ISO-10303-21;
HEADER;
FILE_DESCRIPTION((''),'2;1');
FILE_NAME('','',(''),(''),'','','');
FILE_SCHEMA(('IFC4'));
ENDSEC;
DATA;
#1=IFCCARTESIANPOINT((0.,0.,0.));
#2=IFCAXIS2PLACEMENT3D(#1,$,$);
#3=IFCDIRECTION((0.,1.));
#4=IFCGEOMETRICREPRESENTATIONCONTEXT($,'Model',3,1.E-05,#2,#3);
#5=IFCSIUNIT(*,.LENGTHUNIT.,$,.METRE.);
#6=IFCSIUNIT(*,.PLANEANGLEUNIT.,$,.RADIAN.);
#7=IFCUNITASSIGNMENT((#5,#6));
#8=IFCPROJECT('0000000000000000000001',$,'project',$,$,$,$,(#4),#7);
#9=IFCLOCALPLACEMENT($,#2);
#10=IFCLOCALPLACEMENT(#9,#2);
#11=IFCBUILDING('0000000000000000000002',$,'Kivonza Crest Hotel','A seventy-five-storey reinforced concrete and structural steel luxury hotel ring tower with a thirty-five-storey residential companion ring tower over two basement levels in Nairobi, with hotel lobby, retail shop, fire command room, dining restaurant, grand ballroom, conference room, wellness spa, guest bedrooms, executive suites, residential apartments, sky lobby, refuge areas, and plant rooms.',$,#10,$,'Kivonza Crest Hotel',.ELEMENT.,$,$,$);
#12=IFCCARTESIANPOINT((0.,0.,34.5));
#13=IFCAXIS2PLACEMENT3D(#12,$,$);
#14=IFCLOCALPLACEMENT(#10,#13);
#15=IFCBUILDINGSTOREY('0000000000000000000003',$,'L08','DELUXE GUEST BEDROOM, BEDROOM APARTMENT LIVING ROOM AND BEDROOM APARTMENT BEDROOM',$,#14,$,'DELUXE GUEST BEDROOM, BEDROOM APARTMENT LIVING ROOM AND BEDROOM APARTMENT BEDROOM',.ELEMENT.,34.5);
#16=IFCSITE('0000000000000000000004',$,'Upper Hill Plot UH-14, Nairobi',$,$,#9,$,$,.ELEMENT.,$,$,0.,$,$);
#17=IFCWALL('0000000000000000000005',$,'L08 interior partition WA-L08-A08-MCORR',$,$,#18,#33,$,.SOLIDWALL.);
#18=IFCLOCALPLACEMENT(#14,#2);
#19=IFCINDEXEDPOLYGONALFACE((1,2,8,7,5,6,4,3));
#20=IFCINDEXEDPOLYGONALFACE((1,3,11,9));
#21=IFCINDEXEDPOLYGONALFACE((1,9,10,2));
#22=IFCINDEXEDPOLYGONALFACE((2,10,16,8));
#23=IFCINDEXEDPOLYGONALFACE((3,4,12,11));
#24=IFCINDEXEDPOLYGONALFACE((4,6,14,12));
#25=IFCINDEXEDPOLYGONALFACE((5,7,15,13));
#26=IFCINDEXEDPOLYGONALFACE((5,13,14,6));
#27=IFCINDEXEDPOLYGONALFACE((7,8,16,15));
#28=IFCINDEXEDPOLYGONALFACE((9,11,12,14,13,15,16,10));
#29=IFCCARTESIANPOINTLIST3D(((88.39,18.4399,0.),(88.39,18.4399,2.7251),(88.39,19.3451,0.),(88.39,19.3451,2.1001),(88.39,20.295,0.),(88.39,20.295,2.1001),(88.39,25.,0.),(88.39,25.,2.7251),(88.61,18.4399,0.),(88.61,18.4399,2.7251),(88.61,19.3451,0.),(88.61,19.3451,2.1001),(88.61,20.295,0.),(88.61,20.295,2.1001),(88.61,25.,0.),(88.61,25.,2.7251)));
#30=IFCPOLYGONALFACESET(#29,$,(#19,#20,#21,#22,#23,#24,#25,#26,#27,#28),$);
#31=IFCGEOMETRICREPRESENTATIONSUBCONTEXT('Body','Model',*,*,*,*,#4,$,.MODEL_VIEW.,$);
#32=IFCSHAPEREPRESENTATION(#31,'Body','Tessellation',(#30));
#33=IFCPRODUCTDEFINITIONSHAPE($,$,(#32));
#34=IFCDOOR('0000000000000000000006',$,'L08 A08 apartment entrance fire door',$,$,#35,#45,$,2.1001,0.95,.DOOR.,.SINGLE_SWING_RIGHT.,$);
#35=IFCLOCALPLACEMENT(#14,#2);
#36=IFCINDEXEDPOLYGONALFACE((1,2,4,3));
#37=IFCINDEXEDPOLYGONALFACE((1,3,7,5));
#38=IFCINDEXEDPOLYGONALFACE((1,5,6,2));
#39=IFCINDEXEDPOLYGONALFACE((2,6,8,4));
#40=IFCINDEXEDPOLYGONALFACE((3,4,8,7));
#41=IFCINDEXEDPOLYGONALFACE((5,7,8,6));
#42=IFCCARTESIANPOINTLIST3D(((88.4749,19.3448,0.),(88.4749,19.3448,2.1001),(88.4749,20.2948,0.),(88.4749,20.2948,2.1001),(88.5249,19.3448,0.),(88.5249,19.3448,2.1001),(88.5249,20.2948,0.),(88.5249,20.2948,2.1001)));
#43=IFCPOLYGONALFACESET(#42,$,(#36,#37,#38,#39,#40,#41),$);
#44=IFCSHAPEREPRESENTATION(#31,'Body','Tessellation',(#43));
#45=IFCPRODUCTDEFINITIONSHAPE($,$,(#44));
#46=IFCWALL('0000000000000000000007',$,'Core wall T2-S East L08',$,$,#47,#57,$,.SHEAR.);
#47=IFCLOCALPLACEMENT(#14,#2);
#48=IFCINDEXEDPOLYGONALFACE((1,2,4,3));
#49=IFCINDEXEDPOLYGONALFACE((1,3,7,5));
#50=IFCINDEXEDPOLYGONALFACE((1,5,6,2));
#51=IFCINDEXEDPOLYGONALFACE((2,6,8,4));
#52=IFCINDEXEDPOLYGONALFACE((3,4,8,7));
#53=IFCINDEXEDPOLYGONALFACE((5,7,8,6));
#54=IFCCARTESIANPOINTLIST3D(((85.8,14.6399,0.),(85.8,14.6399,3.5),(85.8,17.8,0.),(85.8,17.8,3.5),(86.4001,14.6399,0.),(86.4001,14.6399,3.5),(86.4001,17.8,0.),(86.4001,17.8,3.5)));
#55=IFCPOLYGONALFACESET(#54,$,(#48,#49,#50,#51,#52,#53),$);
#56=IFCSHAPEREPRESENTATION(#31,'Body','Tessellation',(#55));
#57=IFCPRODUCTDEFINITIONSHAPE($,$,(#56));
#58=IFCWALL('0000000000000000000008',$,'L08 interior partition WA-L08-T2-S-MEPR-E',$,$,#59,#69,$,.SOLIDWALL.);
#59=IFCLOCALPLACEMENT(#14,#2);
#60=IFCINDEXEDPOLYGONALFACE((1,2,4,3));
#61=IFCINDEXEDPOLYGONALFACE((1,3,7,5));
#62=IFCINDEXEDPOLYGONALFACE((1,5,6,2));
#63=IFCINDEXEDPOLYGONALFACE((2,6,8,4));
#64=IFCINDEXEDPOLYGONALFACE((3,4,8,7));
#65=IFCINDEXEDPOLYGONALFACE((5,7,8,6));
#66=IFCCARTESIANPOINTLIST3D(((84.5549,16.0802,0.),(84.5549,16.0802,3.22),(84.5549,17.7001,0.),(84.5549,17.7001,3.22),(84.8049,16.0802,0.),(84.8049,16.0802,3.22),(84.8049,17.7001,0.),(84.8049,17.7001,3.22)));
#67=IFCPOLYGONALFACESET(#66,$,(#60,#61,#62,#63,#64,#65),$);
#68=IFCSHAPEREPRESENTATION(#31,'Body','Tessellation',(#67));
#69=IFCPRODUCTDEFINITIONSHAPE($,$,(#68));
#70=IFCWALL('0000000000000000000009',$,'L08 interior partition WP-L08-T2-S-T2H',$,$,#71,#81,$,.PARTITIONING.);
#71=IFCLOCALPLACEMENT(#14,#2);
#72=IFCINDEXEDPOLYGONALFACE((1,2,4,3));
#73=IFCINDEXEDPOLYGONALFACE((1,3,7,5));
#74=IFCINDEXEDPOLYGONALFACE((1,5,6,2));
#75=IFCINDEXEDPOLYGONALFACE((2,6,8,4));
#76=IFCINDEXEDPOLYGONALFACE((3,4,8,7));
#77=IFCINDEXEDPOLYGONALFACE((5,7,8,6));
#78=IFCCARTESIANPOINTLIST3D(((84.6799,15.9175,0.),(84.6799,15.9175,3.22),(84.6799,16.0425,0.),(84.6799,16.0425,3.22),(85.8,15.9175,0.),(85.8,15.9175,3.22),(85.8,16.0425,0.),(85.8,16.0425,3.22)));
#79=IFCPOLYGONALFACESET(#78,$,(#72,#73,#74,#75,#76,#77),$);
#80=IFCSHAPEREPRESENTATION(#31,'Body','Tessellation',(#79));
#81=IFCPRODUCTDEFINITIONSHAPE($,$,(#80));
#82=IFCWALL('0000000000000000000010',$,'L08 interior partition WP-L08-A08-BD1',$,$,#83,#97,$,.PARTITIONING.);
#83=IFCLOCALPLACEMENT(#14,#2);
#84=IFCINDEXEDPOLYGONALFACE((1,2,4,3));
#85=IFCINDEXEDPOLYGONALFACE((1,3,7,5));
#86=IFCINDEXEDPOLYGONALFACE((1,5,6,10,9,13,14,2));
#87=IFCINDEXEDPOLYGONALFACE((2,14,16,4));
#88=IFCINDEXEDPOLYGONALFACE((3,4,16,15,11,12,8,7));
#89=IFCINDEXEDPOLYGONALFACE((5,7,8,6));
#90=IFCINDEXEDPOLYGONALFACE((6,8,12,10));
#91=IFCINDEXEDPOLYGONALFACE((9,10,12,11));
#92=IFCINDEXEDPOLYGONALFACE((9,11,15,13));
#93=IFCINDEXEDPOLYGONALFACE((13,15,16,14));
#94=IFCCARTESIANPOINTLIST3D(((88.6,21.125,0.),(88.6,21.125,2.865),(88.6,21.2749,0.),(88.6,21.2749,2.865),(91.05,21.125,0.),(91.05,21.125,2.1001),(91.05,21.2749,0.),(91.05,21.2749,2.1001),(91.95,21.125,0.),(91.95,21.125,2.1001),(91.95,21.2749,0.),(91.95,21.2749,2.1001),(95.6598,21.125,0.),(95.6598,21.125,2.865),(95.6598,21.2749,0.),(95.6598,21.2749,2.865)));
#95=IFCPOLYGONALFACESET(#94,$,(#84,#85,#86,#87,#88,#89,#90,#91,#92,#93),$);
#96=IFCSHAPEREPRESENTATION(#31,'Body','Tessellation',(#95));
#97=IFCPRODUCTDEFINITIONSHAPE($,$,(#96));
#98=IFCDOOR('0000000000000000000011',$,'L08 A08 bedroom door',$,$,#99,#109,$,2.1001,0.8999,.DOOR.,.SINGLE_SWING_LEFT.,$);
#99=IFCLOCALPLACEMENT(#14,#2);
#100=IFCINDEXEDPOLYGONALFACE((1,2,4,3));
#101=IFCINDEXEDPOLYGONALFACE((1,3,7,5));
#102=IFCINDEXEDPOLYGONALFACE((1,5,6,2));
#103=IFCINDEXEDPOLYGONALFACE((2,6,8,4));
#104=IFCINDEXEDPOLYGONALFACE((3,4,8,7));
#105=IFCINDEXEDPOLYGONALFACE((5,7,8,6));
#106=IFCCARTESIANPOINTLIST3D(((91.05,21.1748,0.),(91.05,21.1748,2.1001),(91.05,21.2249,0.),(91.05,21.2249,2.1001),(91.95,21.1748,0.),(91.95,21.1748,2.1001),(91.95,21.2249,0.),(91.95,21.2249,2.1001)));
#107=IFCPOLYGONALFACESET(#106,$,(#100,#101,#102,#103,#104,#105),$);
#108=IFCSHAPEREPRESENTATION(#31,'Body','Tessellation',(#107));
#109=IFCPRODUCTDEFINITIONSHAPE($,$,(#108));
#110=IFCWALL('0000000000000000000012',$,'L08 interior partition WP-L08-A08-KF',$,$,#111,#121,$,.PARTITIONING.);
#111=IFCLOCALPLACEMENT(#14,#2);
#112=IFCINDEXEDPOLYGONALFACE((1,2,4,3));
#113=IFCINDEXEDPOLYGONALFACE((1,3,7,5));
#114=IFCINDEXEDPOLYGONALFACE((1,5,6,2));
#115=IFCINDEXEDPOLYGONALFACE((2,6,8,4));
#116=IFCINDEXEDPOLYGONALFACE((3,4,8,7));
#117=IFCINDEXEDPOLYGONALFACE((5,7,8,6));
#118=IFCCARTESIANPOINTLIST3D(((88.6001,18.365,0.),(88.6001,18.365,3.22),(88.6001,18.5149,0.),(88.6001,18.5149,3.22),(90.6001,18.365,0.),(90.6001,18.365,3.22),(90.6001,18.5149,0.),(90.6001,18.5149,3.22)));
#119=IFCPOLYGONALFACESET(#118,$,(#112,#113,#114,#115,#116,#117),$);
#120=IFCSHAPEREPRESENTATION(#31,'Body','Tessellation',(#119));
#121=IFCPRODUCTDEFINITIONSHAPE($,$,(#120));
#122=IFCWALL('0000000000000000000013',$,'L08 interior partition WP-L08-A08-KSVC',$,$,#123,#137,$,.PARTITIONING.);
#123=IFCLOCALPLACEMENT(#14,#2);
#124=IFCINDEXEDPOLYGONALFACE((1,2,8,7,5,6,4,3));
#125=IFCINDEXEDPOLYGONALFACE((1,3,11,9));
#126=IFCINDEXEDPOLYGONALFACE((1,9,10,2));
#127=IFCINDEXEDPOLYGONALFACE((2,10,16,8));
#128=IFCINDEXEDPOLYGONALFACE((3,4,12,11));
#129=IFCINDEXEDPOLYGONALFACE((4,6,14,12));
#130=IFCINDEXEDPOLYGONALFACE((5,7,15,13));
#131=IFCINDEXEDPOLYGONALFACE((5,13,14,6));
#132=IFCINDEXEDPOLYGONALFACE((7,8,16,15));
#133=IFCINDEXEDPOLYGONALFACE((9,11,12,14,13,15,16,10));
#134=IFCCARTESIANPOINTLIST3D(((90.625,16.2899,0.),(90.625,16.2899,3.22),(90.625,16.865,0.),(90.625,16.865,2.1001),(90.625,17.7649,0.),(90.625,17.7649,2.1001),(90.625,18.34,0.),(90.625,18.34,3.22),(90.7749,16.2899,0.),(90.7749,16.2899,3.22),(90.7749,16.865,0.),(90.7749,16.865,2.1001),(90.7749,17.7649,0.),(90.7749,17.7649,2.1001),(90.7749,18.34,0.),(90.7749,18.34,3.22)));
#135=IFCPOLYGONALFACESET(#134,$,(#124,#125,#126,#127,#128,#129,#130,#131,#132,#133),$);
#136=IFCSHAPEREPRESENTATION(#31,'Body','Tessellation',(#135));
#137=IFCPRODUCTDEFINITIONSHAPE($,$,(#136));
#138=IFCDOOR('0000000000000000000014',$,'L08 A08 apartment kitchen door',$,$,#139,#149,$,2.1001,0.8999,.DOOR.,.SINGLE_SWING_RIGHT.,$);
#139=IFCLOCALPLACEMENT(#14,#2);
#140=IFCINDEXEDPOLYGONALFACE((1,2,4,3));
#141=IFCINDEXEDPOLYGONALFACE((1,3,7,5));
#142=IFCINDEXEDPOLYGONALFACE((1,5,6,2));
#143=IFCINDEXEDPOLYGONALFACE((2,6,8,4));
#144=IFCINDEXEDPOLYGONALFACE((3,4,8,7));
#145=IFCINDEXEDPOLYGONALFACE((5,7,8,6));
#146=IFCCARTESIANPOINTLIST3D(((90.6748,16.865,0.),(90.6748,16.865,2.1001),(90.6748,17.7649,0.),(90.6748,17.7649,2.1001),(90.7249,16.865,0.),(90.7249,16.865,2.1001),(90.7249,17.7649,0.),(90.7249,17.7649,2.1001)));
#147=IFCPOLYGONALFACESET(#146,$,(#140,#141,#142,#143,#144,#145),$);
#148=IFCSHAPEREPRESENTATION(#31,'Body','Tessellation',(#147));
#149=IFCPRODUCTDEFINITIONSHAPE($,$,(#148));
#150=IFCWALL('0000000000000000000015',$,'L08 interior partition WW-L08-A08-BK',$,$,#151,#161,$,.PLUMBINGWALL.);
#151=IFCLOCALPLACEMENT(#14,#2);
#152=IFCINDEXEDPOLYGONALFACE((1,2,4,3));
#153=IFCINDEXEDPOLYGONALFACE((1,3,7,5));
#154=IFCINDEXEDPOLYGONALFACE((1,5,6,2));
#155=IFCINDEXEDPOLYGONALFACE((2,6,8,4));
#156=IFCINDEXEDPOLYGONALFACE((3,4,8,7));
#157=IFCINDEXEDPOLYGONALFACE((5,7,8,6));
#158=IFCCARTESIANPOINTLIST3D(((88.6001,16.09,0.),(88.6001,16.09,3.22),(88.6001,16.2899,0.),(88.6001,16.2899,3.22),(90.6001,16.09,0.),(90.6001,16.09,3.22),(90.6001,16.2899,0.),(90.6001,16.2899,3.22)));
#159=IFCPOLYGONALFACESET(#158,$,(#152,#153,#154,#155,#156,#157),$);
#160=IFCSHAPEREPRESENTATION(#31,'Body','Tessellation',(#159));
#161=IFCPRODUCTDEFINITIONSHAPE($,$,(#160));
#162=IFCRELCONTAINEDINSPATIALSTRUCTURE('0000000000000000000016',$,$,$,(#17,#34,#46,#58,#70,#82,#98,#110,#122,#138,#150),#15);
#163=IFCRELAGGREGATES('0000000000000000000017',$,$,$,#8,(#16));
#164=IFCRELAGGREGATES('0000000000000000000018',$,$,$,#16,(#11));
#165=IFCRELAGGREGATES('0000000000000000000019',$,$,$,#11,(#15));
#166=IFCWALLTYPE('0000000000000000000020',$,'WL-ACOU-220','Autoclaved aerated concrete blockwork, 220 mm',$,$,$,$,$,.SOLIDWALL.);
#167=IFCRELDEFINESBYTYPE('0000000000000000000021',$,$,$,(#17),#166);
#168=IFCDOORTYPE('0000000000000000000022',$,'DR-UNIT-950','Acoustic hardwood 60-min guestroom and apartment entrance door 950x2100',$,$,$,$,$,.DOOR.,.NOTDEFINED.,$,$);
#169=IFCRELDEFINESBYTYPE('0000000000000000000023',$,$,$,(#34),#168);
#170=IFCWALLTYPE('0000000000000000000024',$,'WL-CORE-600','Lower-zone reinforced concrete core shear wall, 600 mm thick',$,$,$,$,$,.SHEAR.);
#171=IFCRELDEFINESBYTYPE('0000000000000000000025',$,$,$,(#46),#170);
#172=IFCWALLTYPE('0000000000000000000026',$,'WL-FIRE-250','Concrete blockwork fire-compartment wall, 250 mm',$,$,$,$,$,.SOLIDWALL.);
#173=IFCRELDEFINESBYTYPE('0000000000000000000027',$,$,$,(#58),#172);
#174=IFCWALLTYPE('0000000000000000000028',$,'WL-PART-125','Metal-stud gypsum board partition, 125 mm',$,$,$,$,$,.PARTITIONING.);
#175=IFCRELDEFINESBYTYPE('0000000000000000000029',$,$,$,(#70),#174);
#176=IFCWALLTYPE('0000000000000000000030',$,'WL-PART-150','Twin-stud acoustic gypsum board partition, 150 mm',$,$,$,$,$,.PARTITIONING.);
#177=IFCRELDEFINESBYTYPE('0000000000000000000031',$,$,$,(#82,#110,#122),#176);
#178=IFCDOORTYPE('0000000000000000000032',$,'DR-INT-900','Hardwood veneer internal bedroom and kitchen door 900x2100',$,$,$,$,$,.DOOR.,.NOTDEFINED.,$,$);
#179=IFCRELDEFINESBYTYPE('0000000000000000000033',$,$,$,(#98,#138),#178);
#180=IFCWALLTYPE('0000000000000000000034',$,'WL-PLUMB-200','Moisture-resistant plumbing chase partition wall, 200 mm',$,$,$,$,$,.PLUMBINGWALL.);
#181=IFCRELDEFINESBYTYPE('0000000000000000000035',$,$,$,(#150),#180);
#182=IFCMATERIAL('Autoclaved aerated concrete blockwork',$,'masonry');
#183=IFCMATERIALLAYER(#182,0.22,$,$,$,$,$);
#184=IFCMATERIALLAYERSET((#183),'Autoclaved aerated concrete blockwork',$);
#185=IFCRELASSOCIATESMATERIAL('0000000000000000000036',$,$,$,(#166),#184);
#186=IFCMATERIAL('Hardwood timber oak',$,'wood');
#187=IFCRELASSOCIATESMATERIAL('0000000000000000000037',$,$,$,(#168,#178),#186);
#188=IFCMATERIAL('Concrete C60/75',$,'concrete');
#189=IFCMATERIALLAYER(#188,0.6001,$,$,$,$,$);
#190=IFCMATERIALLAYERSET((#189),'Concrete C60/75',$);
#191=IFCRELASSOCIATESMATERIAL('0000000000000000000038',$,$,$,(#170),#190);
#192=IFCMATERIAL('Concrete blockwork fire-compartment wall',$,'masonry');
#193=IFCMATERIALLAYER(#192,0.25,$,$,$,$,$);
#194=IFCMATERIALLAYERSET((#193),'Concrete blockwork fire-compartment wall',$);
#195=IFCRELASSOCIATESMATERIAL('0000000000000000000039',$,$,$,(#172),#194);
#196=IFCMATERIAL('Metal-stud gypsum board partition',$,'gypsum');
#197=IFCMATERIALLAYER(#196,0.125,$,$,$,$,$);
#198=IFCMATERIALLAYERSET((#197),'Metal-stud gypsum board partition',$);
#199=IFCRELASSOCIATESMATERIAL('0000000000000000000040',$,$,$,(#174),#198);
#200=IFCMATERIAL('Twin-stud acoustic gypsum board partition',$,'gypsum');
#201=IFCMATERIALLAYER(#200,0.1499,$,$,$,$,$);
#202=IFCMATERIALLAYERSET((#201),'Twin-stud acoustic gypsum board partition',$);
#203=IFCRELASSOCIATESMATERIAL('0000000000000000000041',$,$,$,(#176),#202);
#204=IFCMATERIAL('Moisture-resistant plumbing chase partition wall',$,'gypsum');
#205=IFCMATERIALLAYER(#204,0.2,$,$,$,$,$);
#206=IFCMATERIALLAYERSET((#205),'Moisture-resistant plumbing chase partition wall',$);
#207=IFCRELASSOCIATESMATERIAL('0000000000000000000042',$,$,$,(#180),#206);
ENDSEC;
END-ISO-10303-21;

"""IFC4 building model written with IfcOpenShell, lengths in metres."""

from ifc_helpers import new_model, si_unit, direction, frame, frame_2d, origin, place, context, subcontext, project, spatial, rectangle, extrude, material, layer, layer_set, type_object, element, fill, save


model = new_model("IFC4")

# Units and contexts
model_context = context("Model", 3, precision=1e-05, world=origin(), true_north=direction((0.0, 1.0)))
body_context = subcontext(model_context, "Body", "Model", "MODEL_VIEW")
ifc_project = project(units=[si_unit("LENGTHUNIT", "METRE"), si_unit("PLANEANGLEUNIT", "RADIAN")], contexts=[model_context])

# Site, building, storey
site_placement = place(None, origin())
site = spatial("IfcSite", under=ifc_project, at=site_placement, Name="Upper Hill Plot UH-14, Nairobi", CompositionType="ELEMENT", RefElevation=0.0)
building_placement = place(site_placement, origin())
building = spatial("IfcBuilding", under=site, at=building_placement, Name="Kivonza Crest Hotel", Description="A seventy-five-storey reinforced concrete and structural steel luxury hotel ring tower with a thirty-five-storey residential companion ring tower over two basement levels in Nairobi, with hotel lobby, retail shop, fire command room, dining restaurant, grand ballroom, conference room, wellness spa, guest bedrooms, executive suites, residential apartments, sky lobby, refuge areas, and plant rooms.", LongName="Kivonza Crest Hotel", CompositionType="ELEMENT")
storey_placement = place(building_placement, frame((0.0, 0.0, 34.5)))
storey = spatial("IfcBuildingStorey", under=building, at=storey_placement, Name="L08", Description="DELUXE GUEST BEDROOM, BEDROOM APARTMENT LIVING ROOM AND BEDROOM APARTMENT BEDROOM", LongName="DELUXE GUEST BEDROOM, BEDROOM APARTMENT LIVING ROOM AND BEDROOM APARTMENT BEDROOM", CompositionType="ELEMENT", Elevation=34.5)

# Wall, opening, door
ifc_material_1 = material(Name="Autoclaved aerated concrete blockwork", Category="masonry")
ifc_layer_1 = layer(ifc_material_1, 0.22)
ifc_layer_set_1 = layer_set([ifc_layer_1], Name="Autoclaved aerated concrete blockwork")
wall_type_1 = type_object("IfcWallType", Name="WL-ACOU-220", Description="Autoclaved aerated concrete blockwork, 220 mm", PredefinedType="SOLIDWALL", material=ifc_layer_set_1)
wall_1_placement = place(storey_placement, frame((88.5, 18.4399, 0.0), z_axis=(0.0, 0.0, 1.0), x_axis=(0.0, 1.0, 0.0)))
wall_1 = element("IfcWall", 1, at=wall_1_placement, inside=storey, type_object=wall_type_1, Name="L08 interior partition WA-L08-A08-MCORR", PredefinedType="SOLIDWALL", context=body_context, shape_type="SweptSolid", body=[
    extrude(rectangle(XDim=6.5601, YDim=0.22, at=frame_2d((3.28, 0.0))), origin(), (0.0, 0.0, 1.0), 2.7251),
])
opening_1_placement = place(wall_1_placement, frame((0.905, 0.0, 0.0)))
opening_1 = element("IfcOpeningElement", 2, at=opening_1_placement, cuts=wall_1, PredefinedType="OPENING", context=body_context, shape_type="SweptSolid", body=[
    extrude(rectangle(XDim=0.95, YDim=2.1001, at=frame_2d((0.4751, 1.05))), frame((0.0, 0.1201, 0.0), z_axis=(0.0, -1.0, 0.0), x_axis=(1.0, 0.0, 0.0)), (0.0, 0.0, 1.0), 0.24),
])
ifc_material_2 = material(Name="Hardwood timber oak", Category="wood")
door_type_1 = type_object("IfcDoorType", Name="DR-UNIT-950", Description="Acoustic hardwood 60-min guestroom and apartment entrance door 950x2100", OperationType="NOTDEFINED", PredefinedType="DOOR", material=ifc_material_2)
door_1_placement = place(opening_1_placement, frame((0.95, 0.0, 0.0), z_axis=(0.0, 0.0, 1.0), x_axis=(-1.0, 0.0, 0.0)))
door_1 = element("IfcDoor", 3, at=door_1_placement, inside=storey, type_object=door_type_1, Name="L08 A08 apartment entrance fire door", OperationType="SINGLE_SWING_RIGHT", OverallHeight=2.1001, OverallWidth=0.95, PredefinedType="DOOR", context=body_context, shape_type="SweptSolid", body=[
    extrude(rectangle(XDim=0.95, YDim=2.1001, at=frame_2d((0.4751, 1.05))), frame((0.0, 0.0249, 0.0), z_axis=(0.0, -1.0, 0.0), x_axis=(1.0, 0.0, 0.0)), (0.0, 0.0, 1.0), 0.05),
])
fill(opening_1, door_1)

# Walls
ifc_material_3 = material(Name="Concrete C60/75", Category="concrete")
ifc_layer_2 = layer(ifc_material_3, 0.6001)
ifc_layer_set_2 = layer_set([ifc_layer_2], Name="Concrete C60/75")
wall_type_2 = type_object("IfcWallType", Name="WL-CORE-600", Description="Lower-zone reinforced concrete core shear wall, 600 mm thick", PredefinedType="SHEAR", material=ifc_layer_set_2)
wall_2_placement = place(storey_placement, frame((86.1001, 14.6399, 0.0), z_axis=(0.0, 0.0, 1.0), x_axis=(0.0, 1.0, 0.0)))
element("IfcWall", 4, at=wall_2_placement, inside=storey, type_object=wall_type_2, Name="Core wall T2-S East L08", PredefinedType="SHEAR", context=body_context, shape_type="SweptSolid", body=[
    extrude(rectangle(XDim=3.1602, YDim=0.6001, at=frame_2d((1.5801, 0.0))), origin(), (0.0, 0.0, 1.0), 3.5),
])
ifc_material_4 = material(Name="Concrete blockwork fire-compartment wall", Category="masonry")
ifc_layer_3 = layer(ifc_material_4, 0.25)
ifc_layer_set_3 = layer_set([ifc_layer_3], Name="Concrete blockwork fire-compartment wall")
wall_type_3 = type_object("IfcWallType", Name="WL-FIRE-250", Description="Concrete blockwork fire-compartment wall, 250 mm", PredefinedType="SOLIDWALL", material=ifc_layer_set_3)
wall_3_placement = place(storey_placement, frame((84.6799, 16.0801, 0.0), z_axis=(0.0, 0.0, 1.0), x_axis=(0.0, 1.0, 0.0)))
element("IfcWall", 5, at=wall_3_placement, inside=storey, type_object=wall_type_3, Name="L08 interior partition WA-L08-T2-S-MEPR-E", PredefinedType="SOLIDWALL", context=body_context, shape_type="SweptSolid", body=[
    extrude(rectangle(XDim=1.6199, YDim=0.25, at=frame_2d((0.8101, 0.0))), origin(), (0.0, 0.0, 1.0), 3.22),
])
ifc_material_5 = material(Name="Metal-stud gypsum board partition", Category="gypsum")
ifc_layer_4 = layer(ifc_material_5, 0.125)
ifc_layer_set_4 = layer_set([ifc_layer_4], Name="Metal-stud gypsum board partition")
wall_type_4 = type_object("IfcWallType", Name="WL-PART-125", Description="Metal-stud gypsum board partition, 125 mm", PredefinedType="PARTITIONING", material=ifc_layer_set_4)
wall_4_placement = place(storey_placement, frame((84.6799, 15.98, 0.0), z_axis=(0.0, 0.0, 1.0), x_axis=(1.0, 0.0, 0.0)))
element("IfcWall", 6, at=wall_4_placement, inside=storey, type_object=wall_type_4, Name="L08 interior partition WP-L08-T2-S-T2H", PredefinedType="PARTITIONING", context=body_context, shape_type="SweptSolid", body=[
    extrude(rectangle(XDim=1.1201, YDim=0.125, at=frame_2d((0.5601, 0.0))), origin(), (0.0, 0.0, 1.0), 3.22),
])

# Wall, opening, door
ifc_material_6 = material(Name="Twin-stud acoustic gypsum board partition", Category="gypsum")
ifc_layer_5 = layer(ifc_material_6, 0.1499)
ifc_layer_set_5 = layer_set([ifc_layer_5], Name="Twin-stud acoustic gypsum board partition")
wall_type_5 = type_object("IfcWallType", Name="WL-PART-150", Description="Twin-stud acoustic gypsum board partition, 150 mm", PredefinedType="PARTITIONING", material=ifc_layer_set_5)
wall_5_placement = place(storey_placement, frame((88.6001, 21.2, 0.0), z_axis=(0.0, 0.0, 1.0), x_axis=(1.0, 0.0, 0.0)))
wall_5 = element("IfcWall", 7, at=wall_5_placement, inside=storey, type_object=wall_type_5, Name="L08 interior partition WP-L08-A08-BD1", PredefinedType="PARTITIONING", context=body_context, shape_type="SweptSolid", body=[
    extrude(rectangle(XDim=7.0598, YDim=0.1499, at=frame_2d((3.5298, 0.0))), origin(), (0.0, 0.0, 1.0), 2.865),
])
opening_2_placement = place(wall_5_placement, frame((2.45, 0.0, 0.0)))
opening_2 = element("IfcOpeningElement", 8, at=opening_2_placement, cuts=wall_5, PredefinedType="OPENING", context=body_context, shape_type="SweptSolid", body=[
    extrude(rectangle(XDim=0.8999, YDim=2.1001, at=frame_2d((0.45, 1.05))), frame((0.0, 0.085, 0.0), z_axis=(0.0, -1.0, 0.0), x_axis=(1.0, 0.0, 0.0)), (0.0, 0.0, 1.0), 0.1699),
])
door_type_2 = type_object("IfcDoorType", Name="DR-INT-900", Description="Hardwood veneer internal bedroom and kitchen door 900x2100", OperationType="NOTDEFINED", PredefinedType="DOOR", material=ifc_material_2)
door_2_placement = place(opening_2_placement, origin())
door_2 = element("IfcDoor", 9, at=door_2_placement, inside=storey, type_object=door_type_2, Name="L08 A08 bedroom door", OperationType="SINGLE_SWING_LEFT", OverallHeight=2.1001, OverallWidth=0.8999, PredefinedType="DOOR", context=body_context, shape_type="SweptSolid", body=[
    extrude(rectangle(XDim=0.8999, YDim=2.1001, at=frame_2d((0.45, 1.05))), frame((0.0, 0.0249, 0.0), z_axis=(0.0, -1.0, 0.0), x_axis=(1.0, 0.0, 0.0)), (0.0, 0.0, 1.0), 0.05),
])
fill(opening_2, door_2)

# Wall
wall_6_placement = place(storey_placement, frame((88.6001, 18.4399, 0.0), z_axis=(0.0, 0.0, 1.0), x_axis=(1.0, 0.0, 0.0)))
element("IfcWall", 10, at=wall_6_placement, inside=storey, type_object=wall_type_5, Name="L08 interior partition WP-L08-A08-KF", PredefinedType="PARTITIONING", context=body_context, shape_type="SweptSolid", body=[
    extrude(rectangle(XDim=2.0, YDim=0.1499, at=frame_2d((1.0, 0.0))), origin(), (0.0, 0.0, 1.0), 3.22),
])

# Wall, opening, door
wall_7_placement = place(storey_placement, frame((90.7, 16.29, 0.0), z_axis=(0.0, 0.0, 1.0), x_axis=(0.0, 1.0, 0.0)))
wall_7 = element("IfcWall", 11, at=wall_7_placement, inside=storey, type_object=wall_type_5, Name="L08 interior partition WP-L08-A08-KSVC", PredefinedType="PARTITIONING", context=body_context, shape_type="SweptSolid", body=[
    extrude(rectangle(XDim=2.05, YDim=0.1499, at=frame_2d((1.0249, 0.0))), origin(), (0.0, 0.0, 1.0), 3.22),
])
opening_3_placement = place(wall_7_placement, frame((0.575, 0.0, 0.0)))
opening_3 = element("IfcOpeningElement", 12, at=opening_3_placement, cuts=wall_7, PredefinedType="OPENING", context=body_context, shape_type="SweptSolid", body=[
    extrude(rectangle(XDim=0.8999, YDim=2.1001, at=frame_2d((0.45, 1.05))), frame((0.0, 0.085, 0.0), z_axis=(0.0, -1.0, 0.0), x_axis=(1.0, 0.0, 0.0)), (0.0, 0.0, 1.0), 0.1699),
])
door_3_placement = place(opening_3_placement, frame((0.8999, 0.0, 0.0), z_axis=(0.0, 0.0, 1.0), x_axis=(-1.0, 0.0, 0.0)))
door_3 = element("IfcDoor", 13, at=door_3_placement, inside=storey, type_object=door_type_2, Name="L08 A08 apartment kitchen door", OperationType="SINGLE_SWING_RIGHT", OverallHeight=2.1001, OverallWidth=0.8999, PredefinedType="DOOR", context=body_context, shape_type="SweptSolid", body=[
    extrude(rectangle(XDim=0.8999, YDim=2.1001, at=frame_2d((0.45, 1.05))), frame((0.0, 0.0249, 0.0), z_axis=(0.0, -1.0, 0.0), x_axis=(1.0, 0.0, 0.0)), (0.0, 0.0, 1.0), 0.05),
])
fill(opening_3, door_3)

# Wall
ifc_material_7 = material(Name="Moisture-resistant plumbing chase partition wall", Category="gypsum")
ifc_layer_6 = layer(ifc_material_7, 0.2)
ifc_layer_set_6 = layer_set([ifc_layer_6], Name="Moisture-resistant plumbing chase partition wall")
wall_type_6 = type_object("IfcWallType", Name="WL-PLUMB-200", Description="Moisture-resistant plumbing chase partition wall, 200 mm", PredefinedType="PLUMBINGWALL", material=ifc_layer_set_6)
wall_8_placement = place(storey_placement, frame((88.6001, 16.1899, 0.0), z_axis=(0.0, 0.0, 1.0), x_axis=(1.0, 0.0, 0.0)))
element("IfcWall", 14, at=wall_8_placement, inside=storey, type_object=wall_type_6, Name="L08 interior partition WW-L08-A08-BK", PredefinedType="PLUMBINGWALL", context=body_context, shape_type="SweptSolid", body=[
    extrude(rectangle(XDim=2.0, YDim=0.2, at=frame_2d((1.0, 0.0))), origin(), (0.0, 0.0, 1.0), 3.22),
])

save(model, "model.ifc")
